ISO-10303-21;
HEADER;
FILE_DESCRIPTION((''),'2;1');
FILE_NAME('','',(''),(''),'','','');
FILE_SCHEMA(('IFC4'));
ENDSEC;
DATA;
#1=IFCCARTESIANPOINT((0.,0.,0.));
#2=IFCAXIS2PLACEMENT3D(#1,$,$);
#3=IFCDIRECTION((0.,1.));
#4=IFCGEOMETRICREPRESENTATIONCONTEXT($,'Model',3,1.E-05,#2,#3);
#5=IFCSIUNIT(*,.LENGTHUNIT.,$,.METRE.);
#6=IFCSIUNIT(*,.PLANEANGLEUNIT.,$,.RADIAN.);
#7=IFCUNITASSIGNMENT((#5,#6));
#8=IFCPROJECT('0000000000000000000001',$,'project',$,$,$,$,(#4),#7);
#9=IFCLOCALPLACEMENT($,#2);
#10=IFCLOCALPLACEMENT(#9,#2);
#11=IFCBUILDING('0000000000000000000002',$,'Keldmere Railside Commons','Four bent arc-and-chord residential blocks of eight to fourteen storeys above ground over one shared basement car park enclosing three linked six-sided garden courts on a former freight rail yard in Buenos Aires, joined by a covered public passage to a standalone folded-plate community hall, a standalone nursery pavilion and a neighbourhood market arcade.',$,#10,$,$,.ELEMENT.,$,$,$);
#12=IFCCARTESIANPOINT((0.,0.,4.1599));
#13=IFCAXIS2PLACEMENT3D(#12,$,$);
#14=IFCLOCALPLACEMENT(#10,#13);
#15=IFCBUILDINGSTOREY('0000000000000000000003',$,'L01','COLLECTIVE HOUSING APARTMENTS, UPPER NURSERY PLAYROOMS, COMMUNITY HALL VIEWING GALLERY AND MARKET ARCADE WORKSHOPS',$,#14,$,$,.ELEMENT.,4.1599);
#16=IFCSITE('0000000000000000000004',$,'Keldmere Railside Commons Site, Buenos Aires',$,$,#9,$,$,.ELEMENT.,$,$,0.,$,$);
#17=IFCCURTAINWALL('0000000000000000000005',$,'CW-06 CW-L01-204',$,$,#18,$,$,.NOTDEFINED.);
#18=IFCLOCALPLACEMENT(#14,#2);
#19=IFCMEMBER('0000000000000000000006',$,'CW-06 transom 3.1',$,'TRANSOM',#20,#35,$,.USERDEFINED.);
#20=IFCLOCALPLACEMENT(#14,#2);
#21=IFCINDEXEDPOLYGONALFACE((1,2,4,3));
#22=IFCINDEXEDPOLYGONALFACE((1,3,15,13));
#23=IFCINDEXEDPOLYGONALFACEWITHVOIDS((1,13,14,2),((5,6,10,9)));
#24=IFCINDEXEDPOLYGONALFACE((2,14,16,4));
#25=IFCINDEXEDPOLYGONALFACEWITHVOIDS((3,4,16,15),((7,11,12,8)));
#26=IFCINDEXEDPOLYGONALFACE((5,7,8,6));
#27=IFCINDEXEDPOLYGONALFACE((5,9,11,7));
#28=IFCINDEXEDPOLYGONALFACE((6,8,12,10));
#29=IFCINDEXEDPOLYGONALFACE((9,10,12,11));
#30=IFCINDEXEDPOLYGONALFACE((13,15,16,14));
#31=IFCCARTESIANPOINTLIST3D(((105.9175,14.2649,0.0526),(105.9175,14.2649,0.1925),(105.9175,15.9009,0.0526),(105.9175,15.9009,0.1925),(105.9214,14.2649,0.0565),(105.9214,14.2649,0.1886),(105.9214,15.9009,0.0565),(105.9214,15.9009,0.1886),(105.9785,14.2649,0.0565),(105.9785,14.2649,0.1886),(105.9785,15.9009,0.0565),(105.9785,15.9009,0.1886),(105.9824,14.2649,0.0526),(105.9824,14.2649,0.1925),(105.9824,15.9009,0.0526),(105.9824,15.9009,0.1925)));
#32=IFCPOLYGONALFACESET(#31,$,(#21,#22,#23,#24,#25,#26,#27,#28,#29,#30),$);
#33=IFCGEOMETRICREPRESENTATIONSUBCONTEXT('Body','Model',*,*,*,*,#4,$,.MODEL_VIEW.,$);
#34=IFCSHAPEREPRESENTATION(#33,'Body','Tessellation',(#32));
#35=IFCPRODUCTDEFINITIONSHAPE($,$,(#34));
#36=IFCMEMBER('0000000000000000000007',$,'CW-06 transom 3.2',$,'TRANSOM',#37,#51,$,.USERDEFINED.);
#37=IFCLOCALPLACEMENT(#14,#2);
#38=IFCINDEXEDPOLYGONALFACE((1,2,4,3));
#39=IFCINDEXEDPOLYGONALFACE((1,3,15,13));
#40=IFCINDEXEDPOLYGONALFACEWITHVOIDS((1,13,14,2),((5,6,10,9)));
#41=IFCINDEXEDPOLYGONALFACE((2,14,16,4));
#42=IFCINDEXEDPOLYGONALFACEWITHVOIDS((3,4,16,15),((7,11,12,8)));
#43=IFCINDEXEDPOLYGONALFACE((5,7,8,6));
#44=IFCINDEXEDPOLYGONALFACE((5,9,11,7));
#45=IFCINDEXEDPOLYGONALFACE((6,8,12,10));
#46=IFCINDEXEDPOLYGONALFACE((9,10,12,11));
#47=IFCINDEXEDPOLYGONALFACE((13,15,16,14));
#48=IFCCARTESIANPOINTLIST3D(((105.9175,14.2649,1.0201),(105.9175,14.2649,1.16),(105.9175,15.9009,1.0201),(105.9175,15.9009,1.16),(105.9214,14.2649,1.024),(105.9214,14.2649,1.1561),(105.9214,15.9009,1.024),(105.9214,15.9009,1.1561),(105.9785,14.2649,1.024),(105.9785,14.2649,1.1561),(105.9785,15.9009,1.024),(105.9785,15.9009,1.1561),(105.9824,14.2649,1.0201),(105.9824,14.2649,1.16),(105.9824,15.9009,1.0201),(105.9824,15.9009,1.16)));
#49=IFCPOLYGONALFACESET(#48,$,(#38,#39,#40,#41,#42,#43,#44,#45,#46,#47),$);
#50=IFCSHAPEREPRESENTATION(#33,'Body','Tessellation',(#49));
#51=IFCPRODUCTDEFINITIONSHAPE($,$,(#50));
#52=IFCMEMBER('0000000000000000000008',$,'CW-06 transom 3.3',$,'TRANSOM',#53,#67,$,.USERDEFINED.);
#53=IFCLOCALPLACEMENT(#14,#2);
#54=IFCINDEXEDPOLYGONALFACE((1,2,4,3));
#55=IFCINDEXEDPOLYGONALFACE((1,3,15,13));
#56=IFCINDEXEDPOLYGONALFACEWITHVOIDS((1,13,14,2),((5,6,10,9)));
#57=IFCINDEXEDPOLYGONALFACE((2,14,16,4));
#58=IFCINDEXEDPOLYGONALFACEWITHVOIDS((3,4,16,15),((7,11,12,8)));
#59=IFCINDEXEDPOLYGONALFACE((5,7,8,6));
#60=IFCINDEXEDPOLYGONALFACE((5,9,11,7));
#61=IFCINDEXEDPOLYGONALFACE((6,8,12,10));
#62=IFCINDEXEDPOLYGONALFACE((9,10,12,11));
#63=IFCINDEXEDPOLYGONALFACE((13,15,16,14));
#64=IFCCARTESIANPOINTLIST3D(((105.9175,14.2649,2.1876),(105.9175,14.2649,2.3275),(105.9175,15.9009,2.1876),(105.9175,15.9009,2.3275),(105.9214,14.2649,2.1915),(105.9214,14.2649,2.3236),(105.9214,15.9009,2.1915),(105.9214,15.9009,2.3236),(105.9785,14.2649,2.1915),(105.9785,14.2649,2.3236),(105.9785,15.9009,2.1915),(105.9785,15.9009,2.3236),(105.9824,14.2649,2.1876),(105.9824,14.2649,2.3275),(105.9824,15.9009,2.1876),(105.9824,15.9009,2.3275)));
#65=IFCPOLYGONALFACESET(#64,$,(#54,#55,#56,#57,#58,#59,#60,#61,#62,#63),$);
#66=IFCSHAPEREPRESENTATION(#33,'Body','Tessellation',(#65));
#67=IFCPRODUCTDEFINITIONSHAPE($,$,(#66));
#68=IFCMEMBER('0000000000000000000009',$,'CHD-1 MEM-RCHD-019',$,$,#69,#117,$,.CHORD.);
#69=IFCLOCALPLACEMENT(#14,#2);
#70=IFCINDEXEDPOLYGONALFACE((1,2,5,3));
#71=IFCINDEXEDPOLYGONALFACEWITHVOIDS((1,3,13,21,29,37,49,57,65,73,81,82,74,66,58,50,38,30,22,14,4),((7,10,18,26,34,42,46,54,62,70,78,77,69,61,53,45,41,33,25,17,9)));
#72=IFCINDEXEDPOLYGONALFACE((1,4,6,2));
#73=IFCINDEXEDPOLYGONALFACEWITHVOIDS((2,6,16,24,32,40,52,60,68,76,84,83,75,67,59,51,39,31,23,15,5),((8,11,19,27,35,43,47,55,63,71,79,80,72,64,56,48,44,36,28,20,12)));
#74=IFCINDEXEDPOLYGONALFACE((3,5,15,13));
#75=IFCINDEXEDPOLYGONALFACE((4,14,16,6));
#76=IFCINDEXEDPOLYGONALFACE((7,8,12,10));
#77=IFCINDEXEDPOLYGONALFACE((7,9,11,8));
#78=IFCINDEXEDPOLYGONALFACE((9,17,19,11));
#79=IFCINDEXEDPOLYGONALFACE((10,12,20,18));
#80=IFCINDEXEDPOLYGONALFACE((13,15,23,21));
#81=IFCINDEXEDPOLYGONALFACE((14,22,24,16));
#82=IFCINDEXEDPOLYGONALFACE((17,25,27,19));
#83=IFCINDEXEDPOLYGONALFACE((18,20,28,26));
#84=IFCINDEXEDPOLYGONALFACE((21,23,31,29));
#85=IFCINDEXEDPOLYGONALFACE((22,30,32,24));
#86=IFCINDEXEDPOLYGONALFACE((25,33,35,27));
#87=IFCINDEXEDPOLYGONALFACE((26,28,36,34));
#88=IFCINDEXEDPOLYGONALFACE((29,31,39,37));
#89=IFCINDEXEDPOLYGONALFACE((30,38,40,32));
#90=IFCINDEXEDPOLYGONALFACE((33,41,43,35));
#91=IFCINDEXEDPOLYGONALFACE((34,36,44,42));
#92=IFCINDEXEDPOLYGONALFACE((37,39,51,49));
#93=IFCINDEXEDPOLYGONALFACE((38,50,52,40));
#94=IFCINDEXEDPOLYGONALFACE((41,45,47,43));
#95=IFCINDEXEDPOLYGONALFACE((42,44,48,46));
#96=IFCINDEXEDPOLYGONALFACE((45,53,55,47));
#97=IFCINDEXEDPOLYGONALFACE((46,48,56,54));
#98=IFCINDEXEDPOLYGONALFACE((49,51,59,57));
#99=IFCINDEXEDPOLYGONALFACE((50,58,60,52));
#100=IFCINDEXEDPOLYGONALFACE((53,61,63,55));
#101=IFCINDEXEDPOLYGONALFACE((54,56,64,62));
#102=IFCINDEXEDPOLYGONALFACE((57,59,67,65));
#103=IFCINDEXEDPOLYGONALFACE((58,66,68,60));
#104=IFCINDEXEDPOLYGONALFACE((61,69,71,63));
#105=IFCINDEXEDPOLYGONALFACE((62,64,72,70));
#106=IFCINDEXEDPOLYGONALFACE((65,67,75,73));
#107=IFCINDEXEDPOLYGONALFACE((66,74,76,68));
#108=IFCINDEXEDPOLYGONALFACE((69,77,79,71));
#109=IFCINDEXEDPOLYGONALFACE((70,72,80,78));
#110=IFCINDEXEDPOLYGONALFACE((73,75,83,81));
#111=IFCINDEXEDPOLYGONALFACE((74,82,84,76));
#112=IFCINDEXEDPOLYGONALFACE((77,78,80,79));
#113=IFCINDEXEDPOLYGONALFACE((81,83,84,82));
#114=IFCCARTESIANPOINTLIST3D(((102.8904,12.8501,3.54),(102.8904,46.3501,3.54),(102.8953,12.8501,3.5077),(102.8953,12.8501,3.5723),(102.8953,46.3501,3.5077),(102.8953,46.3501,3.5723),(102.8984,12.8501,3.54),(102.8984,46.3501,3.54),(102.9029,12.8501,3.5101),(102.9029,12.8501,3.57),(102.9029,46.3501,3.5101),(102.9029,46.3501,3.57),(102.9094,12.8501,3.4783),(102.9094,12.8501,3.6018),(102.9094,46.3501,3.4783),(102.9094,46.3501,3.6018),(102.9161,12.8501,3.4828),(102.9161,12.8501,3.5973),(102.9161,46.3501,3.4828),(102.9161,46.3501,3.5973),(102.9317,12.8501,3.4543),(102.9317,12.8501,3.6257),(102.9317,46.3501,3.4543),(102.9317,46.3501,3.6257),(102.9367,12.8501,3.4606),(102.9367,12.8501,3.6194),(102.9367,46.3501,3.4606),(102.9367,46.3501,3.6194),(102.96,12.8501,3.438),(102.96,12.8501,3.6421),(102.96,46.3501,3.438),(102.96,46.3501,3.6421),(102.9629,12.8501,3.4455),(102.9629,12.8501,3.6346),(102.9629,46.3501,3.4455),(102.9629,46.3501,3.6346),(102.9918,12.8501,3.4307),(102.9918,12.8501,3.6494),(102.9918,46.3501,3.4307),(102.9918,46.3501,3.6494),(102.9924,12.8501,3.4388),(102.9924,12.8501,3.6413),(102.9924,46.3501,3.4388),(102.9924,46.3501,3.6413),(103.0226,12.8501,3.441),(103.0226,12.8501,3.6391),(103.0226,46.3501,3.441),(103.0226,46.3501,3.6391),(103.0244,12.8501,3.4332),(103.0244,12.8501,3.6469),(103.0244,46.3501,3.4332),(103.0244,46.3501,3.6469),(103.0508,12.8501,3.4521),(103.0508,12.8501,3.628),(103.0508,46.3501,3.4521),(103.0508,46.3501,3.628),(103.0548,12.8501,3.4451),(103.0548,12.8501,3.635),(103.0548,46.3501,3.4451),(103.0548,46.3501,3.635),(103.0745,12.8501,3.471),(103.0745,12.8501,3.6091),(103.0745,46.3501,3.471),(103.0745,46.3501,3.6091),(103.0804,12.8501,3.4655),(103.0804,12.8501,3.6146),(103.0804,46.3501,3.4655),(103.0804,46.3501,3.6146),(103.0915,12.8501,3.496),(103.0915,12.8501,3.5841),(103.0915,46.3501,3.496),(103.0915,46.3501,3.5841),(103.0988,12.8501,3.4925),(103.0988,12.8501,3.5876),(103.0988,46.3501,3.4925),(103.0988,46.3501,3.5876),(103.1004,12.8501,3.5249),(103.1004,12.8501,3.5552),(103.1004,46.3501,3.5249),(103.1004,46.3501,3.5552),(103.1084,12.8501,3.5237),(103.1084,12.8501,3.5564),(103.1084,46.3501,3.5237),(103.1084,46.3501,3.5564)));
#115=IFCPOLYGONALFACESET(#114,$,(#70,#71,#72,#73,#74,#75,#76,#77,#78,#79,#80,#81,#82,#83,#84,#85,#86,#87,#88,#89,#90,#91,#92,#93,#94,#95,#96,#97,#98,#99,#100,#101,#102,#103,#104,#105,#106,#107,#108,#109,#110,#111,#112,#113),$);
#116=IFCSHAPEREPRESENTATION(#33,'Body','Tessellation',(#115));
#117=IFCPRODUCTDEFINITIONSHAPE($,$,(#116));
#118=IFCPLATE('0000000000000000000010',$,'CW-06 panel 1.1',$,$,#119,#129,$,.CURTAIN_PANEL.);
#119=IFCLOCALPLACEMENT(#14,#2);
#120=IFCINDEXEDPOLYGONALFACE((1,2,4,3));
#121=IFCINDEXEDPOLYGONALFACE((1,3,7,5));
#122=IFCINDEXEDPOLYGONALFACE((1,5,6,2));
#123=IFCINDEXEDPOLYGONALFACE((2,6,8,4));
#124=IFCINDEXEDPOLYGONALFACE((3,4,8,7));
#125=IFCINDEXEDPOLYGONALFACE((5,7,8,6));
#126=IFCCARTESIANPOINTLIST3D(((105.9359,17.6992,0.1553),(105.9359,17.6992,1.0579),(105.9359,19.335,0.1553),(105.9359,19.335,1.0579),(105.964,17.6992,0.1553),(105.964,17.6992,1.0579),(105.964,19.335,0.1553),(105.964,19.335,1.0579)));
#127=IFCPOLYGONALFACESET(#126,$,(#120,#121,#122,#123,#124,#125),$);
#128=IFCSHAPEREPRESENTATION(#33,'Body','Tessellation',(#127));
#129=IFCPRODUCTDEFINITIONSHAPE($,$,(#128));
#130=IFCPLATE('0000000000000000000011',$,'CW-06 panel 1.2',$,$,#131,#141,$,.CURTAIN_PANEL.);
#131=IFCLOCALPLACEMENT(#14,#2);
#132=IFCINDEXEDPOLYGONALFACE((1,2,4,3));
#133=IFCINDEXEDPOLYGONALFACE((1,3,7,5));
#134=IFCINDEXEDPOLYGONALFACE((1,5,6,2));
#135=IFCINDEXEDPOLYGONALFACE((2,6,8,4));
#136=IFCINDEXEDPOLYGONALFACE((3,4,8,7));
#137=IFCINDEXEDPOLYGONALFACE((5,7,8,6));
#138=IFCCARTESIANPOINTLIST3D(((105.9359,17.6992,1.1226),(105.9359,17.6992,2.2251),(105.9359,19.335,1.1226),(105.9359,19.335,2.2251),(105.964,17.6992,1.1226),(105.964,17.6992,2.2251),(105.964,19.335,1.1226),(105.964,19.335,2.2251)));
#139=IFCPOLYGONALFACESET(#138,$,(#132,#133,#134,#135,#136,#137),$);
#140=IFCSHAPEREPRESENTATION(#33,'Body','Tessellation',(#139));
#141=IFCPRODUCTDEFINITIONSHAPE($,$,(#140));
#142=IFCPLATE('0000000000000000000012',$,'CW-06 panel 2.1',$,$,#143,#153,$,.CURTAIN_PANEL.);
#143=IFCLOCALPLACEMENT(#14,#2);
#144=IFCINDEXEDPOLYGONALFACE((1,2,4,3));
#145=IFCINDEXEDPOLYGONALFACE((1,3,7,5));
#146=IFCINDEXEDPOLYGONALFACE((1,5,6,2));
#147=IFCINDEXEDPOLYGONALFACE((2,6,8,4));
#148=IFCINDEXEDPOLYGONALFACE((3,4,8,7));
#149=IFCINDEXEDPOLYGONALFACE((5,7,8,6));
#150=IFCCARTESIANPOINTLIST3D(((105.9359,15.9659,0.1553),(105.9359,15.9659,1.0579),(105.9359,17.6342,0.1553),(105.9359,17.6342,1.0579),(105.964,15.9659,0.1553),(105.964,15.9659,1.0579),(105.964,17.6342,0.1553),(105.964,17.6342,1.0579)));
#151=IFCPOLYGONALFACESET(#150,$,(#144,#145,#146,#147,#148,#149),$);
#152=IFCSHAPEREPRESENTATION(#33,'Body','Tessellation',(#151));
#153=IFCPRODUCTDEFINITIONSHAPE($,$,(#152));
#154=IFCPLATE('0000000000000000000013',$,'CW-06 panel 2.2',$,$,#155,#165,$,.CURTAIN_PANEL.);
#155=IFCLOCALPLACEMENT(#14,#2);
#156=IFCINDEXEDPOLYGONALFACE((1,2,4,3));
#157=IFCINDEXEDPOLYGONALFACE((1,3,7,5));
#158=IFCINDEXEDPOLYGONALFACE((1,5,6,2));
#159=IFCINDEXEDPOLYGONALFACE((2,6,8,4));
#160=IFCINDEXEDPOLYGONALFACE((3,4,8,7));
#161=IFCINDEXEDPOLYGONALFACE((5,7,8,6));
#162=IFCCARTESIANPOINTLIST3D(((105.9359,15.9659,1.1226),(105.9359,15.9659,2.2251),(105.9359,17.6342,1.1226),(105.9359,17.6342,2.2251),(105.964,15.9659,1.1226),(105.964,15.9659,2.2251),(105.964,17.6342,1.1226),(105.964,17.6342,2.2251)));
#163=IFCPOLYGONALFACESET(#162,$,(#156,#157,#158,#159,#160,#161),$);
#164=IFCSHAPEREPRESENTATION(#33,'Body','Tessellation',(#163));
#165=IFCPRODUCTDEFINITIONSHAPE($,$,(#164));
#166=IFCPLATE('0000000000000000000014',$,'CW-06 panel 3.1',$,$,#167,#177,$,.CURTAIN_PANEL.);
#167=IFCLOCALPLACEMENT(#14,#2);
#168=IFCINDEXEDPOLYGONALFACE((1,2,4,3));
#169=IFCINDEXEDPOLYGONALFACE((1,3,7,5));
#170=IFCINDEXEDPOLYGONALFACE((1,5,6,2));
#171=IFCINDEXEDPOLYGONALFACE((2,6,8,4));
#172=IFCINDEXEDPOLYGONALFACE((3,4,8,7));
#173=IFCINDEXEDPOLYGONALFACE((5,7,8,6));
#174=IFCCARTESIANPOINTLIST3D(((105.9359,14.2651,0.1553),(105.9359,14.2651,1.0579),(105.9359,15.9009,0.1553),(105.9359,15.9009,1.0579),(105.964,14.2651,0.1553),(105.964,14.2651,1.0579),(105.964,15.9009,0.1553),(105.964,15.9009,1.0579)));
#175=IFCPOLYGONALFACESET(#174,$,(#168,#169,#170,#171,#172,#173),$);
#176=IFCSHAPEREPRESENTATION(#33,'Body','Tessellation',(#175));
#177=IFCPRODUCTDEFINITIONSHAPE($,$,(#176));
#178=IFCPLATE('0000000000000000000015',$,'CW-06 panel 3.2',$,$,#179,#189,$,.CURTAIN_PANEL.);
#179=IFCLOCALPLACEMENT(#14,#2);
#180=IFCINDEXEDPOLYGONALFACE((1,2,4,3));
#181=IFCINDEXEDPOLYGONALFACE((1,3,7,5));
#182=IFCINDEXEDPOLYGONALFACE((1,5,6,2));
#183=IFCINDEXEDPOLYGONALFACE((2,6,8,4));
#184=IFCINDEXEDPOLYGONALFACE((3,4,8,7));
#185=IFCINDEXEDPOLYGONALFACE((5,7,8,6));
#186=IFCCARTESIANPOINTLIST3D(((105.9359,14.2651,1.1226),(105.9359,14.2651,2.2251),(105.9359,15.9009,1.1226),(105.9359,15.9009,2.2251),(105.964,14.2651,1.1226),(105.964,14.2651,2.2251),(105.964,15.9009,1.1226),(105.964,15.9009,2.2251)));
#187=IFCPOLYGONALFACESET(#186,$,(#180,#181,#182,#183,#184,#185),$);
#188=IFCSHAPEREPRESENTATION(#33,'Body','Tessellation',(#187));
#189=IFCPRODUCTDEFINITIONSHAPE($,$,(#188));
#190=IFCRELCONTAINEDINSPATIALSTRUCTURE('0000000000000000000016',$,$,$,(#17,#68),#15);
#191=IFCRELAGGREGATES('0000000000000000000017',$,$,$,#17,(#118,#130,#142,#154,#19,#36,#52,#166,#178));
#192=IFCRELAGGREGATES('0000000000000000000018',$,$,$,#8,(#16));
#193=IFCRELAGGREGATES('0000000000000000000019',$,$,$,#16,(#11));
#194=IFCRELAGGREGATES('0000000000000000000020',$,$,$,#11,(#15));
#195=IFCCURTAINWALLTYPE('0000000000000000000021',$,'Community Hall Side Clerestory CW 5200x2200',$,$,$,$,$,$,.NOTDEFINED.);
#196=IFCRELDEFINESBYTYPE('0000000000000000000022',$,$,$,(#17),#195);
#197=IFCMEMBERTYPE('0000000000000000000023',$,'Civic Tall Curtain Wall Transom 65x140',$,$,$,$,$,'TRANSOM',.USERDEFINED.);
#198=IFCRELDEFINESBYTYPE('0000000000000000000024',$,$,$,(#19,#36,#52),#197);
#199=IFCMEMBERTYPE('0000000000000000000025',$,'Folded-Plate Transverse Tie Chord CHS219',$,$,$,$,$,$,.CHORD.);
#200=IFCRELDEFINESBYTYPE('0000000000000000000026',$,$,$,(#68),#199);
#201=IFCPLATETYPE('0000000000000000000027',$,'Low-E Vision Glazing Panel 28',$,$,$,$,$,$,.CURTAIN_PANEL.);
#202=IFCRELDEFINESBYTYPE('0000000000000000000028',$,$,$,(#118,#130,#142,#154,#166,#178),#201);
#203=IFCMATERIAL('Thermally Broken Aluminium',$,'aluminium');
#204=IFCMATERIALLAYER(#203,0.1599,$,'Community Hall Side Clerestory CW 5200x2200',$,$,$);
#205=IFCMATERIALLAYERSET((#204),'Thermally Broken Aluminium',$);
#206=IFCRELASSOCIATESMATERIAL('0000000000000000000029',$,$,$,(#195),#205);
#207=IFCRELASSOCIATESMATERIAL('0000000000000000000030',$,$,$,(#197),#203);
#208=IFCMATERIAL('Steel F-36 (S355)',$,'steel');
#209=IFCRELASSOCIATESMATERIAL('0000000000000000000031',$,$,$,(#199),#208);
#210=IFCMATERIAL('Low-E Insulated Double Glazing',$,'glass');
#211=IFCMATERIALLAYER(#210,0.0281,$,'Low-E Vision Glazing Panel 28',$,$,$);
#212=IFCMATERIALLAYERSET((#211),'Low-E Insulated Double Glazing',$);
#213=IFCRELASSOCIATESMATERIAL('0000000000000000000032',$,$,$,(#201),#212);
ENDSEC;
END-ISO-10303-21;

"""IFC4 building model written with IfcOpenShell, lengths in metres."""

from ifc_helpers import new_model, si_unit, direction, frame, origin, origin_2d, place, context, subcontext, project, spatial, rectangle, hollow_rectangle, hollow_circle, extrude, material, layer, layer_set, material_profile, profile_set, type_object, element, aggregate, save


model = new_model("IFC4")

# Units and contexts
model_context = context("Model", 3, precision=1e-05, world=origin(), true_north=direction((0.0, 1.0)))
body_context = subcontext(model_context, "Body", "Model", "MODEL_VIEW")
ifc_project = project(units=[si_unit("LENGTHUNIT", "METRE"), si_unit("PLANEANGLEUNIT", "RADIAN")], contexts=[model_context])

# Site, building, storey
site_placement = place(None, origin())
site = spatial("IfcSite", under=ifc_project, at=site_placement, Name="Keldmere Railside Commons Site, Buenos Aires", CompositionType="ELEMENT", RefElevation=0.0)
building_placement = place(site_placement, origin())
building = spatial("IfcBuilding", under=site, at=building_placement, Name="Keldmere Railside Commons", Description="Four bent arc-and-chord residential blocks of eight to fourteen storeys above ground over one shared basement car park enclosing three linked six-sided garden courts on a former freight rail yard in Buenos Aires, joined by a covered public passage to a standalone folded-plate community hall, a standalone nursery pavilion and a neighbourhood market arcade.", CompositionType="ELEMENT")
storey_placement = place(building_placement, frame((0.0, 0.0, 4.1599)))
storey = spatial("IfcBuildingStorey", under=building, at=storey_placement, Name="L01", Description="COLLECTIVE HOUSING APARTMENTS, UPPER NURSERY PLAYROOMS, COMMUNITY HALL VIEWING GALLERY AND MARKET ARCADE WORKSHOPS", CompositionType="ELEMENT", Elevation=4.1599)

# Curtain wall
ifc_material_1 = material(Name="Thermally Broken Aluminium", Category="aluminium")
ifc_layer_1 = layer(ifc_material_1, 0.1599, Name="Community Hall Side Clerestory CW 5200x2200")
ifc_layer_set_1 = layer_set([ifc_layer_1], Name="Thermally Broken Aluminium")
curtain_wall_type = type_object("IfcCurtainWallType", Name="Community Hall Side Clerestory CW 5200x2200", PredefinedType="NOTDEFINED", material=ifc_layer_set_1)
curtain_wall_1_placement = place(storey_placement, origin())
curtain_wall_1 = element("IfcCurtainWall", 1, at=curtain_wall_1_placement, inside=storey, type_object=curtain_wall_type, Name="CW-06 CW-L01-204", PredefinedType="NOTDEFINED")

# Members
ifc_material_profile_1 = material_profile(ifc_material_1, hollow_rectangle(XDim=0.0649, YDim=0.1399, WallThickness=0.0039, at=origin_2d()), Name="ALU-TRAN-65x140")
ifc_profile_set_1 = profile_set([ifc_material_profile_1], Name="Thermally Broken Aluminium")
member_type_1 = type_object("IfcMemberType", Name="Civic Tall Curtain Wall Transom 65x140", ElementType="TRANSOM", PredefinedType="USERDEFINED", material=ifc_profile_set_1)
member_1_placement = place(storey_placement, frame((105.95, 15.9009, 0.1226), z_axis=(0.0, -1.0, 0.0), x_axis=(1.0, 0.0, 0.0)))
member_1 = element("IfcMember", 2, at=member_1_placement, type_object=member_type_1, Name="CW-06 transom 3.1", ObjectType="TRANSOM", PredefinedType="USERDEFINED", context=body_context, shape_type="SweptSolid", body=[
    extrude(hollow_rectangle(XDim=0.0649, YDim=0.1399, WallThickness=0.0039, at=origin_2d()), origin(), (0.0, 0.0, 1.0), 1.636),
])
member_2_placement = place(storey_placement, frame((105.95, 15.9009, 1.0901), z_axis=(0.0, -1.0, 0.0), x_axis=(1.0, 0.0, 0.0)))
member_2 = element("IfcMember", 3, at=member_2_placement, type_object=member_type_1, Name="CW-06 transom 3.2", ObjectType="TRANSOM", PredefinedType="USERDEFINED", context=body_context, shape_type="SweptSolid", body=[
    extrude(hollow_rectangle(XDim=0.0649, YDim=0.1399, WallThickness=0.0039, at=origin_2d()), origin(), (0.0, 0.0, 1.0), 1.636),
])
member_3_placement = place(storey_placement, frame((105.95, 15.9009, 2.2576), z_axis=(0.0, -1.0, 0.0), x_axis=(1.0, 0.0, 0.0)))
member_3 = element("IfcMember", 4, at=member_3_placement, type_object=member_type_1, Name="CW-06 transom 3.3", ObjectType="TRANSOM", PredefinedType="USERDEFINED", context=body_context, shape_type="SweptSolid", body=[
    extrude(hollow_rectangle(XDim=0.0649, YDim=0.1399, WallThickness=0.0039, at=origin_2d()), origin(), (0.0, 0.0, 1.0), 1.636),
])
ifc_material_2 = material(Name="Steel F-36 (S355)", Category="steel")
ifc_material_profile_2 = material_profile(ifc_material_2, hollow_circle(Radius=0.1096, WallThickness=0.0081, at=origin_2d()), Name="CHS-219x8")
ifc_profile_set_2 = profile_set([ifc_material_profile_2], Name="Steel F-36 (S355)")
member_type_2 = type_object("IfcMemberType", Name="Folded-Plate Transverse Tie Chord CHS219", PredefinedType="CHORD", material=ifc_profile_set_2)
member_4_placement = place(storey_placement, frame((103.0, 12.8501, 3.54), z_axis=(0.0, 1.0, 0.0), x_axis=(-1.0, 0.0, 0.0)))
element("IfcMember", 5, at=member_4_placement, inside=storey, type_object=member_type_2, Name="CHD-1 MEM-RCHD-019", PredefinedType="CHORD", context=body_context, shape_type="SweptSolid", body=[
    extrude(hollow_circle(Radius=0.1096, WallThickness=0.0081, at=origin_2d()), origin(), (0.0, 0.0, 1.0), 33.5),
])

# Plates
ifc_material_3 = material(Name="Low-E Insulated Double Glazing", Category="glass")
ifc_layer_2 = layer(ifc_material_3, 0.0281, Name="Low-E Vision Glazing Panel 28")
ifc_layer_set_2 = layer_set([ifc_layer_2], Name="Low-E Insulated Double Glazing")
plate_type = type_object("IfcPlateType", Name="Low-E Vision Glazing Panel 28", PredefinedType="CURTAIN_PANEL", material=ifc_layer_set_2)
plate_1_placement = place(storey_placement, frame((105.95, 18.5171, 0.1553), z_axis=(0.0, 0.0, 1.0), x_axis=(0.0, -1.0, 0.0)))
plate_1 = element("IfcPlate", 6, at=plate_1_placement, type_object=plate_type, Name="CW-06 panel 1.1", PredefinedType="CURTAIN_PANEL", context=body_context, shape_type="SweptSolid", body=[
    extrude(rectangle(XDim=1.6357, YDim=0.0281, at=origin_2d()), origin(), (0.0, 0.0, 1.0), 0.9026),
])
plate_2_placement = place(storey_placement, frame((105.95, 18.5171, 1.1226), z_axis=(0.0, 0.0, 1.0), x_axis=(0.0, -1.0, 0.0)))
plate_2 = element("IfcPlate", 7, at=plate_2_placement, type_object=plate_type, Name="CW-06 panel 1.2", PredefinedType="CURTAIN_PANEL", context=body_context, shape_type="SweptSolid", body=[
    extrude(rectangle(XDim=1.6357, YDim=0.0281, at=origin_2d()), origin(), (0.0, 0.0, 1.0), 1.1025),
])
plate_3_placement = place(storey_placement, frame((105.95, 16.8, 0.1553), z_axis=(0.0, 0.0, 1.0), x_axis=(0.0, -1.0, 0.0)))
plate_3 = element("IfcPlate", 8, at=plate_3_placement, type_object=plate_type, Name="CW-06 panel 2.1", PredefinedType="CURTAIN_PANEL", context=body_context, shape_type="SweptSolid", body=[
    extrude(rectangle(XDim=1.6682, YDim=0.0281, at=origin_2d()), origin(), (0.0, 0.0, 1.0), 0.9026),
])
plate_4_placement = place(storey_placement, frame((105.95, 16.8, 1.1226), z_axis=(0.0, 0.0, 1.0), x_axis=(0.0, -1.0, 0.0)))
plate_4 = element("IfcPlate", 9, at=plate_4_placement, type_object=plate_type, Name="CW-06 panel 2.2", PredefinedType="CURTAIN_PANEL", context=body_context, shape_type="SweptSolid", body=[
    extrude(rectangle(XDim=1.6682, YDim=0.0281, at=origin_2d()), origin(), (0.0, 0.0, 1.0), 1.1025),
])
plate_5_placement = place(storey_placement, frame((105.95, 15.083, 0.1553), z_axis=(0.0, 0.0, 1.0), x_axis=(0.0, -1.0, 0.0)))
plate_5 = element("IfcPlate", 10, at=plate_5_placement, type_object=plate_type, Name="CW-06 panel 3.1", PredefinedType="CURTAIN_PANEL", context=body_context, shape_type="SweptSolid", body=[
    extrude(rectangle(XDim=1.6357, YDim=0.0281, at=origin_2d()), origin(), (0.0, 0.0, 1.0), 0.9026),
])
plate_6_placement = place(storey_placement, frame((105.95, 15.083, 1.1226), z_axis=(0.0, 0.0, 1.0), x_axis=(0.0, -1.0, 0.0)))
plate_6 = element("IfcPlate", 11, at=plate_6_placement, type_object=plate_type, Name="CW-06 panel 3.2", PredefinedType="CURTAIN_PANEL", context=body_context, shape_type="SweptSolid", body=[
    extrude(rectangle(XDim=1.6357, YDim=0.0281, at=origin_2d()), origin(), (0.0, 0.0, 1.0), 1.1025),
])
aggregate(curtain_wall_1, [plate_1, plate_2, plate_3, plate_4, member_1, member_2, member_3, plate_5, plate_6])

save(model, "model.ifc")
